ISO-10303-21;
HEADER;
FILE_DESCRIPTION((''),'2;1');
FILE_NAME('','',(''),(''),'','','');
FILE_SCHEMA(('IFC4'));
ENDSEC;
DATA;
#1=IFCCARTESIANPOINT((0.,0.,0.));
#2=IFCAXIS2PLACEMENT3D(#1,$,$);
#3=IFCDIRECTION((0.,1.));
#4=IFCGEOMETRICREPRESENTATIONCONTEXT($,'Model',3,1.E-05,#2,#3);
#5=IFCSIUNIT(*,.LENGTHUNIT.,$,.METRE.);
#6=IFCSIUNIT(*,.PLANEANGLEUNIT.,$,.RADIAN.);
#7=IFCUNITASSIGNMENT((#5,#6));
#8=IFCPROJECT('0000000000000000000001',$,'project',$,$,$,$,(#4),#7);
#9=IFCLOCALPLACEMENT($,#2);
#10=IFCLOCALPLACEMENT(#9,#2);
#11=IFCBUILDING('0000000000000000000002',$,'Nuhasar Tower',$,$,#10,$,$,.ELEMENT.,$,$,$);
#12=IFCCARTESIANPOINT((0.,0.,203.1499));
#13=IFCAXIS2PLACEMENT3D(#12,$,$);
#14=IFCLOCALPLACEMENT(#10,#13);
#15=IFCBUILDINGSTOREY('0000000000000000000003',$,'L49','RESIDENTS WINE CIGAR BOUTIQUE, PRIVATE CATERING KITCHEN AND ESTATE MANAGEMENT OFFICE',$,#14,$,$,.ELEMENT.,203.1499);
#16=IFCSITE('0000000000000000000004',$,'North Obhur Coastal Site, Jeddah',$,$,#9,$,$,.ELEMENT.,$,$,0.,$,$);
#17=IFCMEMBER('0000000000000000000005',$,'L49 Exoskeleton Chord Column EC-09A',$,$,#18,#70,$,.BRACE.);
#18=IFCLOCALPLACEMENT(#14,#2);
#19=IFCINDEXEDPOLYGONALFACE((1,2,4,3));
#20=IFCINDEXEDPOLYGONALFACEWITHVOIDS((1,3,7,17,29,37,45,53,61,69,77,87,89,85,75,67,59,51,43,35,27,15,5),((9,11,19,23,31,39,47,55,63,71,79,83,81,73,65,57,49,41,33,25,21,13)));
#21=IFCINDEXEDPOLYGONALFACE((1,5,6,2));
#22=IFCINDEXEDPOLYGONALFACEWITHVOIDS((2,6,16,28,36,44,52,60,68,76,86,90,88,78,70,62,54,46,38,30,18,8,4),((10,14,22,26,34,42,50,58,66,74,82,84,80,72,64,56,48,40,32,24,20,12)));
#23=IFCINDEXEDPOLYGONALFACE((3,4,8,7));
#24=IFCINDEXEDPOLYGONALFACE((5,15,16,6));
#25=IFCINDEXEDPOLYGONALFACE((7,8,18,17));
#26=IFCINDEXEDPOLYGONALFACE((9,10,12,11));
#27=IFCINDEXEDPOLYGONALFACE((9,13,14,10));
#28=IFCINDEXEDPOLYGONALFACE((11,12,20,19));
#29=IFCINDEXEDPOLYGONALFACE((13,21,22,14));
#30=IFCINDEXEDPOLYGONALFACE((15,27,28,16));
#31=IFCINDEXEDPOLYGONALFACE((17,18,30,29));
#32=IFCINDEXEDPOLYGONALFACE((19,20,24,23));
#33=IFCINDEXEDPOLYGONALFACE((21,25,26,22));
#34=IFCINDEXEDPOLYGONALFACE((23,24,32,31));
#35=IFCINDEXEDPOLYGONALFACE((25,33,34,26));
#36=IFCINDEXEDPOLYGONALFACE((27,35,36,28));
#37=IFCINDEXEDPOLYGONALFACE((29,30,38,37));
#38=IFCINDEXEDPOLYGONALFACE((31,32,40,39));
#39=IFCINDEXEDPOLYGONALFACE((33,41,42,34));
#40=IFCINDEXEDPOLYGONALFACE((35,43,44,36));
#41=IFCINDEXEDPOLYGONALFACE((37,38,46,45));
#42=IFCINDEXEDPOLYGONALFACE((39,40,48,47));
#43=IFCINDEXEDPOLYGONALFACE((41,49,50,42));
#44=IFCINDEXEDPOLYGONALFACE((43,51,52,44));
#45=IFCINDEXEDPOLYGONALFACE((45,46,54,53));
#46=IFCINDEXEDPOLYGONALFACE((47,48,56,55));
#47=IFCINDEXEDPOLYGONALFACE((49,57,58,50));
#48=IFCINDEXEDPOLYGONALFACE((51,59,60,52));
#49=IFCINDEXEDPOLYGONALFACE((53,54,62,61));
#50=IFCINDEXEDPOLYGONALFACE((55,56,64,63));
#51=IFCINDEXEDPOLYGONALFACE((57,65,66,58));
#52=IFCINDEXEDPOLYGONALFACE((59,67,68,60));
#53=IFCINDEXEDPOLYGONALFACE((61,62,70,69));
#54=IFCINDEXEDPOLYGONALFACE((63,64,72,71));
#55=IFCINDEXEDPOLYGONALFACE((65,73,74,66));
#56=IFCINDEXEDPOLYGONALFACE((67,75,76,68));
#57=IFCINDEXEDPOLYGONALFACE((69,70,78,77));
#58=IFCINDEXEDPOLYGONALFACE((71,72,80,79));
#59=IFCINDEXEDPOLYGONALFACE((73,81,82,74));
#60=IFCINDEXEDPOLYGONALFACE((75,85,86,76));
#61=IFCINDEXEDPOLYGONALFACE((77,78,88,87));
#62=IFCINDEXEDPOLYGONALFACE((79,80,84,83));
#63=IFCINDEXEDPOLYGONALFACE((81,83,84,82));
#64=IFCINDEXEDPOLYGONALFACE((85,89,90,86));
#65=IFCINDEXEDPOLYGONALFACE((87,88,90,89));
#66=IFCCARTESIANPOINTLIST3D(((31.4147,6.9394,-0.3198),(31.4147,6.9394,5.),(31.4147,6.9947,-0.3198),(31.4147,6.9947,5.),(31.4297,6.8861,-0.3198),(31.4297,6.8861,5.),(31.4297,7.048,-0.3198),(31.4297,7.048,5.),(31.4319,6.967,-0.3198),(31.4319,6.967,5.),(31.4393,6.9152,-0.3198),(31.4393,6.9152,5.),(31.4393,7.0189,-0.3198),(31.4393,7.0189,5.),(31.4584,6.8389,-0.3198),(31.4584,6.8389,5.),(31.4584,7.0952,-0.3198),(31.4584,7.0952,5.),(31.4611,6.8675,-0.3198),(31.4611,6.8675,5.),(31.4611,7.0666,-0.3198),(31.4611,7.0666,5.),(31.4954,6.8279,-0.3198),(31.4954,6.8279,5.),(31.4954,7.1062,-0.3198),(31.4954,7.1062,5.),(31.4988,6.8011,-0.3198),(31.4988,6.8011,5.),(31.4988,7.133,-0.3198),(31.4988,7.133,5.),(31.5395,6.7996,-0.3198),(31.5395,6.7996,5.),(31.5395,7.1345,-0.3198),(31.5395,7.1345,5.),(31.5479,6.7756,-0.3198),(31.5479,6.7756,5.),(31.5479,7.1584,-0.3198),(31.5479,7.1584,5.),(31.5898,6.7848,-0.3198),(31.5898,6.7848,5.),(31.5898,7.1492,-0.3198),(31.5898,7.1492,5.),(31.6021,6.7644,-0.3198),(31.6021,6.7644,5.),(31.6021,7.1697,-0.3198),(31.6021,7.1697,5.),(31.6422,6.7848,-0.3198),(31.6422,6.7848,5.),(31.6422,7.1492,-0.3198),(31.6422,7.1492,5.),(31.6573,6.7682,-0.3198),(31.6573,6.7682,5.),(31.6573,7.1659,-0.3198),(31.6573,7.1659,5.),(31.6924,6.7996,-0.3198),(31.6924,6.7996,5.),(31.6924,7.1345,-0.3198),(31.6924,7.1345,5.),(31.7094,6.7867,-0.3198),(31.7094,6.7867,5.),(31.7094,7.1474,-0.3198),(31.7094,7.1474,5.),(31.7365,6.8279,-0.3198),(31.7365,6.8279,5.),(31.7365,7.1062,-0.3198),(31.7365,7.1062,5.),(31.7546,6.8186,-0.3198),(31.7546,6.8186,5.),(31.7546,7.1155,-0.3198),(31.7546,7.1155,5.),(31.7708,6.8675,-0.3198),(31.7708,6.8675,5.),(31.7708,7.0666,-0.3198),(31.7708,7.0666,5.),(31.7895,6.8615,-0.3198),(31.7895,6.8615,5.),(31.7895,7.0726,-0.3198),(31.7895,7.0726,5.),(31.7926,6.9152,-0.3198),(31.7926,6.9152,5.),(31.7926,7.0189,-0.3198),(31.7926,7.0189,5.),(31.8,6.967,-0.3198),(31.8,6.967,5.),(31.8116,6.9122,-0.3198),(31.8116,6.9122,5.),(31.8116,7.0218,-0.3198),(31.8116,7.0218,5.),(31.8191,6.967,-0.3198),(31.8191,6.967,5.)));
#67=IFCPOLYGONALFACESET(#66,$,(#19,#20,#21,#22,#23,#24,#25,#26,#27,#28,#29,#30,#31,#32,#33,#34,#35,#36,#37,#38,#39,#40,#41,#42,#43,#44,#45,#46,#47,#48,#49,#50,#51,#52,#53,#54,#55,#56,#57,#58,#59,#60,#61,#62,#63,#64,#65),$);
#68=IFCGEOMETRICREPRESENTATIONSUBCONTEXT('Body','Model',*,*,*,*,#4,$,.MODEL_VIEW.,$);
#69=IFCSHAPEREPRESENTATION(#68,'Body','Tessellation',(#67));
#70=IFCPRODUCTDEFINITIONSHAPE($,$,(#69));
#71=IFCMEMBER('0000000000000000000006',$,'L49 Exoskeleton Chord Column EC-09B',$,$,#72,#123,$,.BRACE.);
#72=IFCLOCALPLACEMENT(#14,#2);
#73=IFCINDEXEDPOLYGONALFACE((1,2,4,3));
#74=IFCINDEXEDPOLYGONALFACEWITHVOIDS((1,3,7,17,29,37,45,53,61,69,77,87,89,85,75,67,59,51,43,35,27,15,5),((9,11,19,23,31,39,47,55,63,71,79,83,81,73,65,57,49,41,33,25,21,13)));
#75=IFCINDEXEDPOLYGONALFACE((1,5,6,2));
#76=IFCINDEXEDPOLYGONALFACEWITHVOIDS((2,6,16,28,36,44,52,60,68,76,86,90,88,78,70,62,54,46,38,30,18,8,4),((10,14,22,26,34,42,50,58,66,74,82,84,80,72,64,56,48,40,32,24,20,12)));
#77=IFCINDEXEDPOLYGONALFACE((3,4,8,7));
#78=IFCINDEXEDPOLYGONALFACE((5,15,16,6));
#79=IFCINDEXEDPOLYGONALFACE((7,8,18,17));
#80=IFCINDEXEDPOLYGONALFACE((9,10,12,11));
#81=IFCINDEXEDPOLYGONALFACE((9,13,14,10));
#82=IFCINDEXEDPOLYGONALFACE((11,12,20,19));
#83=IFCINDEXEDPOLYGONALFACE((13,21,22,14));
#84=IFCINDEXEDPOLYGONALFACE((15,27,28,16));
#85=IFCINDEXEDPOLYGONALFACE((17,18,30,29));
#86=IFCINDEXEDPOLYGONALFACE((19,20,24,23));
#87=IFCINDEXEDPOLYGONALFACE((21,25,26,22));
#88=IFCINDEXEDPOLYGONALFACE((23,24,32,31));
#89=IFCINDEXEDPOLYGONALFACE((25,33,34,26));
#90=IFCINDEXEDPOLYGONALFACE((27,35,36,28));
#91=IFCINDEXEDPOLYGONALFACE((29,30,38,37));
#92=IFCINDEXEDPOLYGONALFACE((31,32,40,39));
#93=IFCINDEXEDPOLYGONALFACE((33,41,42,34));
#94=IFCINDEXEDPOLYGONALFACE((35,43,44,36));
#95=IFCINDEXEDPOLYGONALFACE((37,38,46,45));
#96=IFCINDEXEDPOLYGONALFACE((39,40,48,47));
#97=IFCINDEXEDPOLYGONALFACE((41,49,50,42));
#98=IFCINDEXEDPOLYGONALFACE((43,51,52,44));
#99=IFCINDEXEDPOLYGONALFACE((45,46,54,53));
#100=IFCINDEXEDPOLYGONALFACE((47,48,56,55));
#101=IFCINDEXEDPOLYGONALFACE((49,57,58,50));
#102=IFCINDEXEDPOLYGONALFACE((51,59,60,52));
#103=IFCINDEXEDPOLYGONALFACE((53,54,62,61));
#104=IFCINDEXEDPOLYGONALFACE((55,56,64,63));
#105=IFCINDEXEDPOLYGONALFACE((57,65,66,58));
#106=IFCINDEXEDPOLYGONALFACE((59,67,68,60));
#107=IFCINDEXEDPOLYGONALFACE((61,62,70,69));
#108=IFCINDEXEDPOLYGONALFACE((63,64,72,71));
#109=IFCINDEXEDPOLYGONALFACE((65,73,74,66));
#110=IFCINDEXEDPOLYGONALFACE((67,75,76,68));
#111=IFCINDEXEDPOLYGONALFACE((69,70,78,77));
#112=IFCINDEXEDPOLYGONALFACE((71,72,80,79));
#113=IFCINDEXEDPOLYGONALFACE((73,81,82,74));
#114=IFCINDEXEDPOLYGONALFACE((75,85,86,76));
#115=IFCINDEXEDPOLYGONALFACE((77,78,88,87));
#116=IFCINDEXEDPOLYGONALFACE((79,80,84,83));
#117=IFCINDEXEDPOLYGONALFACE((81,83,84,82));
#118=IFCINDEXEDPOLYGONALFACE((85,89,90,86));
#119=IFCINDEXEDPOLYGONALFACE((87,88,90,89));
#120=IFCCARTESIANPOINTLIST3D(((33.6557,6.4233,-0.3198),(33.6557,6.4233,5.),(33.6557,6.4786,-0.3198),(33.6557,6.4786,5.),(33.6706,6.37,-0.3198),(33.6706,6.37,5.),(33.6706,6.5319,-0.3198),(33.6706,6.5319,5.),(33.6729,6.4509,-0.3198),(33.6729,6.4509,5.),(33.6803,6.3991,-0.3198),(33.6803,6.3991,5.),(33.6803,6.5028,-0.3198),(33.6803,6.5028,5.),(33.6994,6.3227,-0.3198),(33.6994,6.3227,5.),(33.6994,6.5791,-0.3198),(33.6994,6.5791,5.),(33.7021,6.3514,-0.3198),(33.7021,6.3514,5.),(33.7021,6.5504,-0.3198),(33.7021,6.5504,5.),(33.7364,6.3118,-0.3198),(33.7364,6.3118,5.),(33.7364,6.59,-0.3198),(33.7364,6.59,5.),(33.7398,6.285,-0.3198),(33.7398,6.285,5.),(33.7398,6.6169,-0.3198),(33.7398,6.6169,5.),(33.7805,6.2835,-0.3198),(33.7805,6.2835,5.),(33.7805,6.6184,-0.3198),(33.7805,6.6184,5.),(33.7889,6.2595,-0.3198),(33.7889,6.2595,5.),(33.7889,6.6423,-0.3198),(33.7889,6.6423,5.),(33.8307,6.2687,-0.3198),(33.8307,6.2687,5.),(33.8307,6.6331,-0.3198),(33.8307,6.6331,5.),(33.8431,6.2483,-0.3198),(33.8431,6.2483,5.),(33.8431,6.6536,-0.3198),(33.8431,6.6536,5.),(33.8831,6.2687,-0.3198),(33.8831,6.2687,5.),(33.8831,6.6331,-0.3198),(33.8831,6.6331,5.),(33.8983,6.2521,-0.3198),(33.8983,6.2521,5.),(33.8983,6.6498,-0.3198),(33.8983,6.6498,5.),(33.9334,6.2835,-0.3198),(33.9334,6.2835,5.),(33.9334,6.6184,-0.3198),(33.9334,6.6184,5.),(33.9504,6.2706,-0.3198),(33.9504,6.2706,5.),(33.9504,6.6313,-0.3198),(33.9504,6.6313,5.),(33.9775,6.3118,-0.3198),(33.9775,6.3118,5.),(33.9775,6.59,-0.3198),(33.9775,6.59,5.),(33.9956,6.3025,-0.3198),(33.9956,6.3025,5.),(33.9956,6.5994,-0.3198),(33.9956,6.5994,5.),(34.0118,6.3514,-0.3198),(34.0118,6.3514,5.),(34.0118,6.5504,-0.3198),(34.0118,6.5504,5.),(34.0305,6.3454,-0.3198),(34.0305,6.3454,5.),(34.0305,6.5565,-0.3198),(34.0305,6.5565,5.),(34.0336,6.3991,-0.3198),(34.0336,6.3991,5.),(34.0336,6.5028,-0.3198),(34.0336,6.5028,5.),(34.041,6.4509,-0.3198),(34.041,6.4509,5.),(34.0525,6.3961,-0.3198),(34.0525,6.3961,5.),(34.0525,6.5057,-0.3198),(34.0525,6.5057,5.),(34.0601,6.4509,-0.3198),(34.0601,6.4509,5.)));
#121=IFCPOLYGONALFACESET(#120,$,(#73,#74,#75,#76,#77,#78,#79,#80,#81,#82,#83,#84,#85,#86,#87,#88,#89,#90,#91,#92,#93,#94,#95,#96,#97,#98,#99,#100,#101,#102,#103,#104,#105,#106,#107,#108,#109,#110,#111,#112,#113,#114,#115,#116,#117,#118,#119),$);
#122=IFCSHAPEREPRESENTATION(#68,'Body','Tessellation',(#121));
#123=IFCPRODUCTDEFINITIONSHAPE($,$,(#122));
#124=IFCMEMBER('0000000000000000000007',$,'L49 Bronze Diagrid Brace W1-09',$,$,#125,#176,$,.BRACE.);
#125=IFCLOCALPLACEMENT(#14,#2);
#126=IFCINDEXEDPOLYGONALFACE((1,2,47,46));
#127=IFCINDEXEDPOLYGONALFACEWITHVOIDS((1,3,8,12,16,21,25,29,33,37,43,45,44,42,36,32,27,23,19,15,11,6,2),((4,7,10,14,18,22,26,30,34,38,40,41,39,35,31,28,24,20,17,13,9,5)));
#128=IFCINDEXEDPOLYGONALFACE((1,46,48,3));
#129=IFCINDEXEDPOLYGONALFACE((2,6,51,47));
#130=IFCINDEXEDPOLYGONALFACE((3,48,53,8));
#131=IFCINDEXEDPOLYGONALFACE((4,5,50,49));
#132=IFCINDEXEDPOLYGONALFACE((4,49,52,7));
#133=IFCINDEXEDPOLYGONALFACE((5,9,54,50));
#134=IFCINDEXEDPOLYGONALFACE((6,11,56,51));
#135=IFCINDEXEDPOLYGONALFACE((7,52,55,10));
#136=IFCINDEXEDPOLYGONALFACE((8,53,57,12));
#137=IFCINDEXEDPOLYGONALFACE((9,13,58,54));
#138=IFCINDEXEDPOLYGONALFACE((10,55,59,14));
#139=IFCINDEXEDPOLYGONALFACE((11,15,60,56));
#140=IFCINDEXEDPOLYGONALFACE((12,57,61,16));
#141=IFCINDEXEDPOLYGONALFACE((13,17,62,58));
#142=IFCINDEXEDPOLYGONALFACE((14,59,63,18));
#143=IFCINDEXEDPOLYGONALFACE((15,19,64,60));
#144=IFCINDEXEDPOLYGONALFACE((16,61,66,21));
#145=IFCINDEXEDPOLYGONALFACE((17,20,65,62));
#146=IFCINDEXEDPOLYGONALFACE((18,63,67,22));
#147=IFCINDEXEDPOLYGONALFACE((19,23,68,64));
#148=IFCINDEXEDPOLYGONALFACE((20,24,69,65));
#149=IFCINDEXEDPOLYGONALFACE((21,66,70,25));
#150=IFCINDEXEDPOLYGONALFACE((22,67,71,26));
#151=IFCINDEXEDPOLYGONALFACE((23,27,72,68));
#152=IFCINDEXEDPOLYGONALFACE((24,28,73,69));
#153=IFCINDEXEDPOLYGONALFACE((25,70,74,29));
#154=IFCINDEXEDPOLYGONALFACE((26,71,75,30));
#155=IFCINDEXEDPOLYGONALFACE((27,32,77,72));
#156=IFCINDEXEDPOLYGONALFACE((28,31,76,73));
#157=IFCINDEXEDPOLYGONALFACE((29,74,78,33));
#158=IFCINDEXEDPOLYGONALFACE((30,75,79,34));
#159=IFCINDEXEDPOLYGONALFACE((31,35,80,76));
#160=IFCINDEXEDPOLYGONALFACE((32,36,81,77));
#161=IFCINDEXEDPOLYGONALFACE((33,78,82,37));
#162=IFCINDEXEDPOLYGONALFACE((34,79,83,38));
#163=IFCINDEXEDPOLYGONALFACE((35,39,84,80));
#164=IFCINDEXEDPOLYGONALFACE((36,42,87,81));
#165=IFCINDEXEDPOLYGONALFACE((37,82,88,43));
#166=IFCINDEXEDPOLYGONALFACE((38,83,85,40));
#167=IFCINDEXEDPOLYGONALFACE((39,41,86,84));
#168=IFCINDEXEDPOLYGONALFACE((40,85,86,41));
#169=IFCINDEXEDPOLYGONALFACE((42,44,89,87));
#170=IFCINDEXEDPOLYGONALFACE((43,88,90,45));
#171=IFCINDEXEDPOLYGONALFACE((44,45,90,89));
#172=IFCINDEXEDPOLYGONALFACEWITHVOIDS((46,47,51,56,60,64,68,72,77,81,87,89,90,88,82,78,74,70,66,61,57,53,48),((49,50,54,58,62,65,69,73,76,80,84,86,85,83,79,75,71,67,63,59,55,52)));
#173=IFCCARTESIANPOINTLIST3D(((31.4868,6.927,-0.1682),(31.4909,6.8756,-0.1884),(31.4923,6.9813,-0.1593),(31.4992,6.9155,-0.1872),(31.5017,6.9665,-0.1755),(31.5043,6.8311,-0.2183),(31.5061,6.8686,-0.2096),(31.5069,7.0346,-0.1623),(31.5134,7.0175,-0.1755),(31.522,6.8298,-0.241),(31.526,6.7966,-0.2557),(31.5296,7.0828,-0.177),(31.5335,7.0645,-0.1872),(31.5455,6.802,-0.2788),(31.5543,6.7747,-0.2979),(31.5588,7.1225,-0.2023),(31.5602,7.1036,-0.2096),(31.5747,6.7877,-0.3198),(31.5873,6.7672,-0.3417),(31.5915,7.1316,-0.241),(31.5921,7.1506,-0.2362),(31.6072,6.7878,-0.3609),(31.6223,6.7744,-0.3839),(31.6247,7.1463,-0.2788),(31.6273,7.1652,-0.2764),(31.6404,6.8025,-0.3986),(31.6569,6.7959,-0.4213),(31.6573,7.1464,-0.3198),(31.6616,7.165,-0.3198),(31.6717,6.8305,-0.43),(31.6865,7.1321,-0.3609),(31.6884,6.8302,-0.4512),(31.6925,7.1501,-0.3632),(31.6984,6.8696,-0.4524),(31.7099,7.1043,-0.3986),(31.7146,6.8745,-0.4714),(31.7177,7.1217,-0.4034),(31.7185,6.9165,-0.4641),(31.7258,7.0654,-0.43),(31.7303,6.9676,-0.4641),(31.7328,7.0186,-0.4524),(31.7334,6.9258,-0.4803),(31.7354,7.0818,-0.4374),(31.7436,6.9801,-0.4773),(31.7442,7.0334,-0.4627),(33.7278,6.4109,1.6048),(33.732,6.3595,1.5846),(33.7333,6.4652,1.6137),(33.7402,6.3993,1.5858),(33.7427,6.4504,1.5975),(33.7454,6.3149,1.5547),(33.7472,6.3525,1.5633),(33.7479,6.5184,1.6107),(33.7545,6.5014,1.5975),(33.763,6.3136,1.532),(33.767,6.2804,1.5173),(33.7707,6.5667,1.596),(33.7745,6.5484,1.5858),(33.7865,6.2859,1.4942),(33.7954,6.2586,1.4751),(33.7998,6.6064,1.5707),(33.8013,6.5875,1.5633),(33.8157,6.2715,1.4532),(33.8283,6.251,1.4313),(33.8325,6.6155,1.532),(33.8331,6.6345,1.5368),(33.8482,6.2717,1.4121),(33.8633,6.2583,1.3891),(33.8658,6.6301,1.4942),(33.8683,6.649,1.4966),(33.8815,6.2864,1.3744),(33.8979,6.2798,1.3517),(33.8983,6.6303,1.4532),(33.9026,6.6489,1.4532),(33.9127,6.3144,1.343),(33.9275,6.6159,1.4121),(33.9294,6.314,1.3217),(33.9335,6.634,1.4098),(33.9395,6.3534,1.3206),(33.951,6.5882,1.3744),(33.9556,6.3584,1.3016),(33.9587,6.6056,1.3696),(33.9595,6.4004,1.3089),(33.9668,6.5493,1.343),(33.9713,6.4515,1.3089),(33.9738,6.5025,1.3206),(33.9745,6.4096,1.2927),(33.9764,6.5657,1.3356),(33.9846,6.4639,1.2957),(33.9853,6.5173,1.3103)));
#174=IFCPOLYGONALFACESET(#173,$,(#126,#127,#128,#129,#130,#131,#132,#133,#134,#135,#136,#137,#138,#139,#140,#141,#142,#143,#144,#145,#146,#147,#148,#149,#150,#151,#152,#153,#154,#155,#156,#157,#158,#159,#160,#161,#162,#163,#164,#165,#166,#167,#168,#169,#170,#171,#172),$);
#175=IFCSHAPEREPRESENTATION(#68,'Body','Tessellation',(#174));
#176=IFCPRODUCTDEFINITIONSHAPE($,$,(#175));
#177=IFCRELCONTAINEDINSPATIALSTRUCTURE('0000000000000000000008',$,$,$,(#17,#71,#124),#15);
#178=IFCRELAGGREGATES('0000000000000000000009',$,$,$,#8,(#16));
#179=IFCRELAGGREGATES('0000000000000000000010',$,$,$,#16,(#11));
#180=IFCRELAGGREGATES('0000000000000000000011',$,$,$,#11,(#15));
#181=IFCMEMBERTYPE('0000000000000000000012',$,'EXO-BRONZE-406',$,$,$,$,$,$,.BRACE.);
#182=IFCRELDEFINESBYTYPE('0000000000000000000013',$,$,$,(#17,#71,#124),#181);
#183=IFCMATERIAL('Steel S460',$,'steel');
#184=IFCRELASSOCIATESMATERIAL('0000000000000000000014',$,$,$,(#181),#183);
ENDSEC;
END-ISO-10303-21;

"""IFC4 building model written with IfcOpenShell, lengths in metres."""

from ifc_helpers import new_model, si_unit, direction, frame, origin, origin_2d, place, context, subcontext, project, spatial, hollow_circle, extrude, material, material_profile, profile_set, type_object, element, save


model = new_model("IFC4")

# Units and contexts
model_context = context("Model", 3, precision=1e-05, world=origin(), true_north=direction((0.0, 1.0)))
body_context = subcontext(model_context, "Body", "Model", "MODEL_VIEW")
ifc_project = project(units=[si_unit("LENGTHUNIT", "METRE"), si_unit("PLANEANGLEUNIT", "RADIAN")], contexts=[model_context])

# Site, building, storey
site_placement = place(None, origin())
site = spatial("IfcSite", under=ifc_project, at=site_placement, Name="North Obhur Coastal Site, Jeddah", CompositionType="ELEMENT", RefElevation=0.0)
building_placement = place(site_placement, origin())
building = spatial("IfcBuilding", under=site, at=building_placement, Name="Nuhasar Tower", CompositionType="ELEMENT")
storey_placement = place(building_placement, frame((0.0, 0.0, 203.1499)))
storey = spatial("IfcBuildingStorey", under=building, at=storey_placement, Name="L49", Description="RESIDENTS WINE CIGAR BOUTIQUE, PRIVATE CATERING KITCHEN AND ESTATE MANAGEMENT OFFICE", CompositionType="ELEMENT", Elevation=203.1499)

# Shared definitions
ifc_material_1 = material(Name="Steel S460", Category="steel")

# Members
ifc_material_profile_1 = material_profile(ifc_material_1, hollow_circle(Radius=0.2031, WallThickness=0.019, at=origin_2d()), Name="HSS406.4X19.1")
ifc_profile_set_1 = profile_set([ifc_material_profile_1], Name="Steel S460")
member_type_1 = type_object("IfcMemberType", Name="EXO-BRONZE-406", PredefinedType="BRACE", material=ifc_profile_set_1)
for number, where, z_axis, x_axis, name in (
    (1, (31.616, 6.967, -0.3198), (0.0, 0.0, 1.0), (1.0, 0.0, 0.0), "L49 Exoskeleton Chord Column EC-09A"),
    (2, (33.8569, 6.4509, -0.3198), (0.0, 0.0, 1.0), (1.0, 0.0, 0.0), "L49 Exoskeleton Chord Column EC-09B"),
):
    element("IfcMember", number, at=place(storey_placement, frame(where, z_axis=z_axis, x_axis=x_axis)), inside=storey, type_object=member_type_1, Name=name, PredefinedType="BRACE", context=body_context, shape_type="SweptSolid", body=[
        extrude(hollow_circle(Radius=0.2031, WallThickness=0.019, at=origin_2d()), origin(), (0.0, 0.0, 1.0), 5.3198),
    ])
member_1_placement = place(storey_placement, frame((31.616, 6.967, -0.3198), z_axis=(0.771754, -0.177741, 0.610576), x_axis=(0.224433, 0.97449, 0.0)))
element("IfcMember", 3, at=member_1_placement, inside=storey, type_object=member_type_1, Name="L49 Bronze Diagrid Brace W1-09", PredefinedType="BRACE", context=body_context, shape_type="SweptSolid", body=[
    extrude(hollow_circle(Radius=0.2031, WallThickness=0.019, at=origin_2d()), origin(), (0.0, 0.0, 1.0), 2.9038),
])

save(model, "model.ifc")
